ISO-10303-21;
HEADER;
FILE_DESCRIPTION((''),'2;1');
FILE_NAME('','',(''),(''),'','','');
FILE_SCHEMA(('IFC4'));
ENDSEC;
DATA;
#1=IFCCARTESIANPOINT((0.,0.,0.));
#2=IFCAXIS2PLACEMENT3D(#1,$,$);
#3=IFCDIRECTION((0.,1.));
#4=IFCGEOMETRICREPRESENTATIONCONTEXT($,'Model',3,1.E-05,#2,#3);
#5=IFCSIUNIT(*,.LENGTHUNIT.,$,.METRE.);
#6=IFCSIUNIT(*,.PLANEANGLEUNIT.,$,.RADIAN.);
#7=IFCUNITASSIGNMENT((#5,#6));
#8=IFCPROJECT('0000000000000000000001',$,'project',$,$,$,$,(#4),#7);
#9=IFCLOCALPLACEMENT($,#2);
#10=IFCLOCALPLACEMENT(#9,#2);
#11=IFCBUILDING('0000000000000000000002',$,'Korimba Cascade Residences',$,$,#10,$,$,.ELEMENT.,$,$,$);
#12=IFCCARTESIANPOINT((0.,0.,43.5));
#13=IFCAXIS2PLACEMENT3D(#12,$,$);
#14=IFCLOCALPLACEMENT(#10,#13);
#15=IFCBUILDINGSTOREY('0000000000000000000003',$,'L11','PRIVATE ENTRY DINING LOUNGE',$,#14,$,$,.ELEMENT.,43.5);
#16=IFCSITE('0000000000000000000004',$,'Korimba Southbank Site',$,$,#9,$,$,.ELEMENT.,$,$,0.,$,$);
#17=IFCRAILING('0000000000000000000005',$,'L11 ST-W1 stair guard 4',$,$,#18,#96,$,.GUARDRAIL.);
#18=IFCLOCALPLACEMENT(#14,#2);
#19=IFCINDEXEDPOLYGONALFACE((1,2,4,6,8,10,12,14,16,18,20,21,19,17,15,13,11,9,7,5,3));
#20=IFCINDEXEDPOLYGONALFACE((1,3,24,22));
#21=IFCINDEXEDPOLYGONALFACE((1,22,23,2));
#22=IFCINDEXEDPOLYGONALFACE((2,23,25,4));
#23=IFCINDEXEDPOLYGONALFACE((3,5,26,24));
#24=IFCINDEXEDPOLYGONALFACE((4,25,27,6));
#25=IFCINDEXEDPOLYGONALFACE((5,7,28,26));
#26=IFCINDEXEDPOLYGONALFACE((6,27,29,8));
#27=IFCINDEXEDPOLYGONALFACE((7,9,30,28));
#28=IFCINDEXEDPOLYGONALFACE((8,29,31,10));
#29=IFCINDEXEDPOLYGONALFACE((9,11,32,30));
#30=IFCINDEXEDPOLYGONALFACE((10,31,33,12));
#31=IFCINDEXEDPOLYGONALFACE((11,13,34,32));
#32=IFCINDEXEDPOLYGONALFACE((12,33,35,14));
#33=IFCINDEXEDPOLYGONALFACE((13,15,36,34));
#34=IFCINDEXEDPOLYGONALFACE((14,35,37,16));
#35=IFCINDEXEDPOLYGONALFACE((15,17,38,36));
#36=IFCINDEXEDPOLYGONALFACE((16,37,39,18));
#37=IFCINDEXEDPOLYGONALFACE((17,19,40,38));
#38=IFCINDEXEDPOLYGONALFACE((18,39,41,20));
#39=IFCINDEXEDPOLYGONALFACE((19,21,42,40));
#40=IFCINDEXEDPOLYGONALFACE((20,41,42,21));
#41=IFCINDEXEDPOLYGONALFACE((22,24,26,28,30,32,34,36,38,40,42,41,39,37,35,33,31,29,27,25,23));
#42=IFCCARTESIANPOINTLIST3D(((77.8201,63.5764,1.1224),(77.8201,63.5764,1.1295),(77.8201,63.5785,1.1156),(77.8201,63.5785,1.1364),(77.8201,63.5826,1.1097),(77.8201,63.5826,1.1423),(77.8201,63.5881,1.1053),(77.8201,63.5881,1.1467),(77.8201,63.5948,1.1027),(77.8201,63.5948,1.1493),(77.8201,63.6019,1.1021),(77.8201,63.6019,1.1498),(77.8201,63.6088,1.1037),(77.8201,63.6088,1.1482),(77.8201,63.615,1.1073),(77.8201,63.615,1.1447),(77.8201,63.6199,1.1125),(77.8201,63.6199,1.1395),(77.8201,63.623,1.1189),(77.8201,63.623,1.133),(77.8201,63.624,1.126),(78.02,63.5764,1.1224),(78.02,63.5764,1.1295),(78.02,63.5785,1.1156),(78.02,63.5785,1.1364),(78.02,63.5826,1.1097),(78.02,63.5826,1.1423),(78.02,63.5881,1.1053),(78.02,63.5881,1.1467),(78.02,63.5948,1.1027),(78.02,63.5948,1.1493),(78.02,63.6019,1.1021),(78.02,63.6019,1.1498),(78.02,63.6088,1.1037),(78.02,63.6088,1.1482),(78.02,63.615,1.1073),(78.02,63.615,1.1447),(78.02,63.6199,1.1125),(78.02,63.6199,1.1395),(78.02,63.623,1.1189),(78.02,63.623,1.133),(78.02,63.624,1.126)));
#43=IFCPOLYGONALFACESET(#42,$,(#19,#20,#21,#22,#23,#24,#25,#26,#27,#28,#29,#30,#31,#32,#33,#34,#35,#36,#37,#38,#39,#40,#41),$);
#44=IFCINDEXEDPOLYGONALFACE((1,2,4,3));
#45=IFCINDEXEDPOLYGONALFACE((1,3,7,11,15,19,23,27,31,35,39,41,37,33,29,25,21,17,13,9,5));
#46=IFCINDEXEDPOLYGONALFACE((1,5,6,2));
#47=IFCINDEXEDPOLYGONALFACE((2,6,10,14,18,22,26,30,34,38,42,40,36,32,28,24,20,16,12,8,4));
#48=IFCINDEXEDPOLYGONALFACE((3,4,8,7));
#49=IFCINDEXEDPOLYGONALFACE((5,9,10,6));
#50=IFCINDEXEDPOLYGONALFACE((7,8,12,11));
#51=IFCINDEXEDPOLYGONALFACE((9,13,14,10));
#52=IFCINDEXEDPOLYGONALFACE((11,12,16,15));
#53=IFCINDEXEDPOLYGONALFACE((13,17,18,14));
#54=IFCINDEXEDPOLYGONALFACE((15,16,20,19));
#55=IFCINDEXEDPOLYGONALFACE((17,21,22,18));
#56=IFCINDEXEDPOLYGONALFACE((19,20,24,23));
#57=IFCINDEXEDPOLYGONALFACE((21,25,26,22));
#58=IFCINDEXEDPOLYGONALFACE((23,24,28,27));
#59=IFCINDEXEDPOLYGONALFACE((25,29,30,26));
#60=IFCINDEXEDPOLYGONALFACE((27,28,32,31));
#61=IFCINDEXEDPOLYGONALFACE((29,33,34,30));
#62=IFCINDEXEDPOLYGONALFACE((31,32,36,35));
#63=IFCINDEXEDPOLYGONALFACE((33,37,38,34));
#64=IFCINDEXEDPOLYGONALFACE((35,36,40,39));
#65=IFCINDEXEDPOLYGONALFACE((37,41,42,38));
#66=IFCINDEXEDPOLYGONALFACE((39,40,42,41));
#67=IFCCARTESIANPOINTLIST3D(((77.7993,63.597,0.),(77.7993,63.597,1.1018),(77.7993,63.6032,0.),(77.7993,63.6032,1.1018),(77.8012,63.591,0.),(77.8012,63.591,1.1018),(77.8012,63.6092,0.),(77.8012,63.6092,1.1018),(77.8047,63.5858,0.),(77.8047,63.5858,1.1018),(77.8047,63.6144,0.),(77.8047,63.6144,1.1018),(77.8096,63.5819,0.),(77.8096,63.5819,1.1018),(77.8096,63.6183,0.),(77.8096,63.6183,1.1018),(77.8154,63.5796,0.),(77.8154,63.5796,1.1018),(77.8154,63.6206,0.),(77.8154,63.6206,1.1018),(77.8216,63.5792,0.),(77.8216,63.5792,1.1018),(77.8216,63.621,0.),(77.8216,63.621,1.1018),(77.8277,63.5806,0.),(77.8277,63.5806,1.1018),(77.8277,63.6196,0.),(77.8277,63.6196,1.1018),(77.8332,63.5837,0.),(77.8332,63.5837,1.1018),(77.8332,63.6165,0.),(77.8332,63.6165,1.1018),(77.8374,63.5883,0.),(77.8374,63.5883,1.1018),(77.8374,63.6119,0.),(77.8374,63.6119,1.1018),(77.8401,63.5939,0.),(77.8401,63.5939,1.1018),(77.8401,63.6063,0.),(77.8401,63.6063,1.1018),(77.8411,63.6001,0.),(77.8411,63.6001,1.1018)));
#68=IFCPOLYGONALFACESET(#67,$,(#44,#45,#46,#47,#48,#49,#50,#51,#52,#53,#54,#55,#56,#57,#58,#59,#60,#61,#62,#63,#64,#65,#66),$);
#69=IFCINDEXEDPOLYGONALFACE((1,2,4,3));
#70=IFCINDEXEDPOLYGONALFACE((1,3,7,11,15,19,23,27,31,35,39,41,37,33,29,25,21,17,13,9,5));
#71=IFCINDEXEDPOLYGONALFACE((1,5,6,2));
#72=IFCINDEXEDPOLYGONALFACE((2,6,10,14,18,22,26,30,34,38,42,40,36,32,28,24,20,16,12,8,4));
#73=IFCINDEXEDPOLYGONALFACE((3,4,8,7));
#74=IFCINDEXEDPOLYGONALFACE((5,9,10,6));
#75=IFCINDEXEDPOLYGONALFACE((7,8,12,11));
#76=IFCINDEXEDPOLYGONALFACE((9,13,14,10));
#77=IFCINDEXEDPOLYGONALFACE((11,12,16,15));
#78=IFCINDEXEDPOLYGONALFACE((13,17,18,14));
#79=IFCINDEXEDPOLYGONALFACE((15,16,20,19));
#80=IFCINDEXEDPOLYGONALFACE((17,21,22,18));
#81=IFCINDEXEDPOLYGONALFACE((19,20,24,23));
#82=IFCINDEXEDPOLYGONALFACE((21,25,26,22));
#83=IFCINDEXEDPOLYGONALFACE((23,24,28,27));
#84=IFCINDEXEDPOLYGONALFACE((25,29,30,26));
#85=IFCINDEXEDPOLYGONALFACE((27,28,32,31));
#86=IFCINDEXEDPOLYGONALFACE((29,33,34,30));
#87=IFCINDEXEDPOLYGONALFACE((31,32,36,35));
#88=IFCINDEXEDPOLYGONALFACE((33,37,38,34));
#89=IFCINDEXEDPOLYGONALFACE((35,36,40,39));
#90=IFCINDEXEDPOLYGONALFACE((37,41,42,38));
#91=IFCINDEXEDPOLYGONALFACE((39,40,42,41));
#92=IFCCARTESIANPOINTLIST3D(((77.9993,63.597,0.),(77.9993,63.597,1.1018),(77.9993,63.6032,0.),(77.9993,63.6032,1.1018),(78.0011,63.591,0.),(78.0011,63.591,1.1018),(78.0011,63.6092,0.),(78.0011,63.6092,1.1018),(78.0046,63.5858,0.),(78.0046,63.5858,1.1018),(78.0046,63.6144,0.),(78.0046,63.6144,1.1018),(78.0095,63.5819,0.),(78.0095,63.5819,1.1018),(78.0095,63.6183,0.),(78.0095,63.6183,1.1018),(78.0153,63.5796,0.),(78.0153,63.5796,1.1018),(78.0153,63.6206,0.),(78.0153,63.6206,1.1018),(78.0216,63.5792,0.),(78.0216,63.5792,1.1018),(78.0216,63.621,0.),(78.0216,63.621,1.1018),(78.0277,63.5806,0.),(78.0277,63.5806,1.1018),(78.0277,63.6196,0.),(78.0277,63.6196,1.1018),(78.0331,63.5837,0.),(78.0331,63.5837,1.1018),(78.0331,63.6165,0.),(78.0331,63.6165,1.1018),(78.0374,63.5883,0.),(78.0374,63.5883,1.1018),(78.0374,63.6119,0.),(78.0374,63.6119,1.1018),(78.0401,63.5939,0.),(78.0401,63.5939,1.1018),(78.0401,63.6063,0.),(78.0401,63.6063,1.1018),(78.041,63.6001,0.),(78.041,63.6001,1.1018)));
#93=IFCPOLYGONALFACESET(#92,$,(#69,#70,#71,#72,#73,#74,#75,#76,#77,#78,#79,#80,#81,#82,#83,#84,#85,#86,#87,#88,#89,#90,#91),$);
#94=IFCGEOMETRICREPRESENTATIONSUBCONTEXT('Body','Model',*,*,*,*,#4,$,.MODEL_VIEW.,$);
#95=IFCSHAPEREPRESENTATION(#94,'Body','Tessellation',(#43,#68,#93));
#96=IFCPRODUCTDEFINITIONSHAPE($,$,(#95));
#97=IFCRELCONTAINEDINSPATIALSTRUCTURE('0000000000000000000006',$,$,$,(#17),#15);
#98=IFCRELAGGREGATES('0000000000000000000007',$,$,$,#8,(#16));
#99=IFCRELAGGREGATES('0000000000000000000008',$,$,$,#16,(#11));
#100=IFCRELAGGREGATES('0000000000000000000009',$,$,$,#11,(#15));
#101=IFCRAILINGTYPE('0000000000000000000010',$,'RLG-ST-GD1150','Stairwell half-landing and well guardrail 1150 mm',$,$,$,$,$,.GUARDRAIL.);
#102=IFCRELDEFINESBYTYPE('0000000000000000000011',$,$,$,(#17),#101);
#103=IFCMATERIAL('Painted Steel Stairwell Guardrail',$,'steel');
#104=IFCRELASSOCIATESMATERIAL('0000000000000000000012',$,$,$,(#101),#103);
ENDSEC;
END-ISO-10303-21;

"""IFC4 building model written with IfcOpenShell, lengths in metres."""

from ifc_helpers import new_model, si_unit, direction, frame, origin, origin_2d, place, context, subcontext, project, spatial, circle, extrude, material, type_object, element, save


model = new_model("IFC4")

# Units and contexts
model_context = context("Model", 3, precision=1e-05, world=origin(), true_north=direction((0.0, 1.0)))
body_context = subcontext(model_context, "Body", "Model", "MODEL_VIEW")
ifc_project = project(units=[si_unit("LENGTHUNIT", "METRE"), si_unit("PLANEANGLEUNIT", "RADIAN")], contexts=[model_context])

# Site, building, storey
site_placement = place(None, origin())
site = spatial("IfcSite", under=ifc_project, at=site_placement, Name="Korimba Southbank Site", CompositionType="ELEMENT", RefElevation=0.0)
building_placement = place(site_placement, origin())
building = spatial("IfcBuilding", under=site, at=building_placement, Name="Korimba Cascade Residences", CompositionType="ELEMENT")
storey_placement = place(building_placement, frame((0.0, 0.0, 43.5)))
storey = spatial("IfcBuildingStorey", under=building, at=storey_placement, Name="L11", Description="PRIVATE ENTRY DINING LOUNGE", CompositionType="ELEMENT", Elevation=43.5)

# Railing
ifc_material_1 = material(Name="Painted Steel Stairwell Guardrail", Category="steel")
railing_type_1 = type_object("IfcRailingType", Name="RLG-ST-GD1150", Description="Stairwell half-landing and well guardrail 1150 mm", PredefinedType="GUARDRAIL", material=ifc_material_1)
railing_1_placement = place(storey_placement, frame((77.8201, 63.6001, 0.0)))
element("IfcRailing", 1, at=railing_1_placement, inside=storey, type_object=railing_type_1, Name="L11 ST-W1 stair guard 4", PredefinedType="GUARDRAIL", context=body_context, shape_type="SweptSolid", body=[
    extrude(circle(Radius=0.0239, at=origin_2d()), frame((0.0, 0.0, 1.126), z_axis=(1.0, 0.0, 0.0), x_axis=(0.0, 1.0, 0.0)), (0.0, 0.0, 1.0), 0.2),
    extrude(circle(Radius=0.021, at=origin_2d()), origin(), (0.0, 0.0, 1.0), 1.1018),
    extrude(circle(Radius=0.021, at=origin_2d()), frame((0.2, 0.0, 0.0)), (0.0, 0.0, 1.0), 1.1018),
])

save(model, "model.ifc")
